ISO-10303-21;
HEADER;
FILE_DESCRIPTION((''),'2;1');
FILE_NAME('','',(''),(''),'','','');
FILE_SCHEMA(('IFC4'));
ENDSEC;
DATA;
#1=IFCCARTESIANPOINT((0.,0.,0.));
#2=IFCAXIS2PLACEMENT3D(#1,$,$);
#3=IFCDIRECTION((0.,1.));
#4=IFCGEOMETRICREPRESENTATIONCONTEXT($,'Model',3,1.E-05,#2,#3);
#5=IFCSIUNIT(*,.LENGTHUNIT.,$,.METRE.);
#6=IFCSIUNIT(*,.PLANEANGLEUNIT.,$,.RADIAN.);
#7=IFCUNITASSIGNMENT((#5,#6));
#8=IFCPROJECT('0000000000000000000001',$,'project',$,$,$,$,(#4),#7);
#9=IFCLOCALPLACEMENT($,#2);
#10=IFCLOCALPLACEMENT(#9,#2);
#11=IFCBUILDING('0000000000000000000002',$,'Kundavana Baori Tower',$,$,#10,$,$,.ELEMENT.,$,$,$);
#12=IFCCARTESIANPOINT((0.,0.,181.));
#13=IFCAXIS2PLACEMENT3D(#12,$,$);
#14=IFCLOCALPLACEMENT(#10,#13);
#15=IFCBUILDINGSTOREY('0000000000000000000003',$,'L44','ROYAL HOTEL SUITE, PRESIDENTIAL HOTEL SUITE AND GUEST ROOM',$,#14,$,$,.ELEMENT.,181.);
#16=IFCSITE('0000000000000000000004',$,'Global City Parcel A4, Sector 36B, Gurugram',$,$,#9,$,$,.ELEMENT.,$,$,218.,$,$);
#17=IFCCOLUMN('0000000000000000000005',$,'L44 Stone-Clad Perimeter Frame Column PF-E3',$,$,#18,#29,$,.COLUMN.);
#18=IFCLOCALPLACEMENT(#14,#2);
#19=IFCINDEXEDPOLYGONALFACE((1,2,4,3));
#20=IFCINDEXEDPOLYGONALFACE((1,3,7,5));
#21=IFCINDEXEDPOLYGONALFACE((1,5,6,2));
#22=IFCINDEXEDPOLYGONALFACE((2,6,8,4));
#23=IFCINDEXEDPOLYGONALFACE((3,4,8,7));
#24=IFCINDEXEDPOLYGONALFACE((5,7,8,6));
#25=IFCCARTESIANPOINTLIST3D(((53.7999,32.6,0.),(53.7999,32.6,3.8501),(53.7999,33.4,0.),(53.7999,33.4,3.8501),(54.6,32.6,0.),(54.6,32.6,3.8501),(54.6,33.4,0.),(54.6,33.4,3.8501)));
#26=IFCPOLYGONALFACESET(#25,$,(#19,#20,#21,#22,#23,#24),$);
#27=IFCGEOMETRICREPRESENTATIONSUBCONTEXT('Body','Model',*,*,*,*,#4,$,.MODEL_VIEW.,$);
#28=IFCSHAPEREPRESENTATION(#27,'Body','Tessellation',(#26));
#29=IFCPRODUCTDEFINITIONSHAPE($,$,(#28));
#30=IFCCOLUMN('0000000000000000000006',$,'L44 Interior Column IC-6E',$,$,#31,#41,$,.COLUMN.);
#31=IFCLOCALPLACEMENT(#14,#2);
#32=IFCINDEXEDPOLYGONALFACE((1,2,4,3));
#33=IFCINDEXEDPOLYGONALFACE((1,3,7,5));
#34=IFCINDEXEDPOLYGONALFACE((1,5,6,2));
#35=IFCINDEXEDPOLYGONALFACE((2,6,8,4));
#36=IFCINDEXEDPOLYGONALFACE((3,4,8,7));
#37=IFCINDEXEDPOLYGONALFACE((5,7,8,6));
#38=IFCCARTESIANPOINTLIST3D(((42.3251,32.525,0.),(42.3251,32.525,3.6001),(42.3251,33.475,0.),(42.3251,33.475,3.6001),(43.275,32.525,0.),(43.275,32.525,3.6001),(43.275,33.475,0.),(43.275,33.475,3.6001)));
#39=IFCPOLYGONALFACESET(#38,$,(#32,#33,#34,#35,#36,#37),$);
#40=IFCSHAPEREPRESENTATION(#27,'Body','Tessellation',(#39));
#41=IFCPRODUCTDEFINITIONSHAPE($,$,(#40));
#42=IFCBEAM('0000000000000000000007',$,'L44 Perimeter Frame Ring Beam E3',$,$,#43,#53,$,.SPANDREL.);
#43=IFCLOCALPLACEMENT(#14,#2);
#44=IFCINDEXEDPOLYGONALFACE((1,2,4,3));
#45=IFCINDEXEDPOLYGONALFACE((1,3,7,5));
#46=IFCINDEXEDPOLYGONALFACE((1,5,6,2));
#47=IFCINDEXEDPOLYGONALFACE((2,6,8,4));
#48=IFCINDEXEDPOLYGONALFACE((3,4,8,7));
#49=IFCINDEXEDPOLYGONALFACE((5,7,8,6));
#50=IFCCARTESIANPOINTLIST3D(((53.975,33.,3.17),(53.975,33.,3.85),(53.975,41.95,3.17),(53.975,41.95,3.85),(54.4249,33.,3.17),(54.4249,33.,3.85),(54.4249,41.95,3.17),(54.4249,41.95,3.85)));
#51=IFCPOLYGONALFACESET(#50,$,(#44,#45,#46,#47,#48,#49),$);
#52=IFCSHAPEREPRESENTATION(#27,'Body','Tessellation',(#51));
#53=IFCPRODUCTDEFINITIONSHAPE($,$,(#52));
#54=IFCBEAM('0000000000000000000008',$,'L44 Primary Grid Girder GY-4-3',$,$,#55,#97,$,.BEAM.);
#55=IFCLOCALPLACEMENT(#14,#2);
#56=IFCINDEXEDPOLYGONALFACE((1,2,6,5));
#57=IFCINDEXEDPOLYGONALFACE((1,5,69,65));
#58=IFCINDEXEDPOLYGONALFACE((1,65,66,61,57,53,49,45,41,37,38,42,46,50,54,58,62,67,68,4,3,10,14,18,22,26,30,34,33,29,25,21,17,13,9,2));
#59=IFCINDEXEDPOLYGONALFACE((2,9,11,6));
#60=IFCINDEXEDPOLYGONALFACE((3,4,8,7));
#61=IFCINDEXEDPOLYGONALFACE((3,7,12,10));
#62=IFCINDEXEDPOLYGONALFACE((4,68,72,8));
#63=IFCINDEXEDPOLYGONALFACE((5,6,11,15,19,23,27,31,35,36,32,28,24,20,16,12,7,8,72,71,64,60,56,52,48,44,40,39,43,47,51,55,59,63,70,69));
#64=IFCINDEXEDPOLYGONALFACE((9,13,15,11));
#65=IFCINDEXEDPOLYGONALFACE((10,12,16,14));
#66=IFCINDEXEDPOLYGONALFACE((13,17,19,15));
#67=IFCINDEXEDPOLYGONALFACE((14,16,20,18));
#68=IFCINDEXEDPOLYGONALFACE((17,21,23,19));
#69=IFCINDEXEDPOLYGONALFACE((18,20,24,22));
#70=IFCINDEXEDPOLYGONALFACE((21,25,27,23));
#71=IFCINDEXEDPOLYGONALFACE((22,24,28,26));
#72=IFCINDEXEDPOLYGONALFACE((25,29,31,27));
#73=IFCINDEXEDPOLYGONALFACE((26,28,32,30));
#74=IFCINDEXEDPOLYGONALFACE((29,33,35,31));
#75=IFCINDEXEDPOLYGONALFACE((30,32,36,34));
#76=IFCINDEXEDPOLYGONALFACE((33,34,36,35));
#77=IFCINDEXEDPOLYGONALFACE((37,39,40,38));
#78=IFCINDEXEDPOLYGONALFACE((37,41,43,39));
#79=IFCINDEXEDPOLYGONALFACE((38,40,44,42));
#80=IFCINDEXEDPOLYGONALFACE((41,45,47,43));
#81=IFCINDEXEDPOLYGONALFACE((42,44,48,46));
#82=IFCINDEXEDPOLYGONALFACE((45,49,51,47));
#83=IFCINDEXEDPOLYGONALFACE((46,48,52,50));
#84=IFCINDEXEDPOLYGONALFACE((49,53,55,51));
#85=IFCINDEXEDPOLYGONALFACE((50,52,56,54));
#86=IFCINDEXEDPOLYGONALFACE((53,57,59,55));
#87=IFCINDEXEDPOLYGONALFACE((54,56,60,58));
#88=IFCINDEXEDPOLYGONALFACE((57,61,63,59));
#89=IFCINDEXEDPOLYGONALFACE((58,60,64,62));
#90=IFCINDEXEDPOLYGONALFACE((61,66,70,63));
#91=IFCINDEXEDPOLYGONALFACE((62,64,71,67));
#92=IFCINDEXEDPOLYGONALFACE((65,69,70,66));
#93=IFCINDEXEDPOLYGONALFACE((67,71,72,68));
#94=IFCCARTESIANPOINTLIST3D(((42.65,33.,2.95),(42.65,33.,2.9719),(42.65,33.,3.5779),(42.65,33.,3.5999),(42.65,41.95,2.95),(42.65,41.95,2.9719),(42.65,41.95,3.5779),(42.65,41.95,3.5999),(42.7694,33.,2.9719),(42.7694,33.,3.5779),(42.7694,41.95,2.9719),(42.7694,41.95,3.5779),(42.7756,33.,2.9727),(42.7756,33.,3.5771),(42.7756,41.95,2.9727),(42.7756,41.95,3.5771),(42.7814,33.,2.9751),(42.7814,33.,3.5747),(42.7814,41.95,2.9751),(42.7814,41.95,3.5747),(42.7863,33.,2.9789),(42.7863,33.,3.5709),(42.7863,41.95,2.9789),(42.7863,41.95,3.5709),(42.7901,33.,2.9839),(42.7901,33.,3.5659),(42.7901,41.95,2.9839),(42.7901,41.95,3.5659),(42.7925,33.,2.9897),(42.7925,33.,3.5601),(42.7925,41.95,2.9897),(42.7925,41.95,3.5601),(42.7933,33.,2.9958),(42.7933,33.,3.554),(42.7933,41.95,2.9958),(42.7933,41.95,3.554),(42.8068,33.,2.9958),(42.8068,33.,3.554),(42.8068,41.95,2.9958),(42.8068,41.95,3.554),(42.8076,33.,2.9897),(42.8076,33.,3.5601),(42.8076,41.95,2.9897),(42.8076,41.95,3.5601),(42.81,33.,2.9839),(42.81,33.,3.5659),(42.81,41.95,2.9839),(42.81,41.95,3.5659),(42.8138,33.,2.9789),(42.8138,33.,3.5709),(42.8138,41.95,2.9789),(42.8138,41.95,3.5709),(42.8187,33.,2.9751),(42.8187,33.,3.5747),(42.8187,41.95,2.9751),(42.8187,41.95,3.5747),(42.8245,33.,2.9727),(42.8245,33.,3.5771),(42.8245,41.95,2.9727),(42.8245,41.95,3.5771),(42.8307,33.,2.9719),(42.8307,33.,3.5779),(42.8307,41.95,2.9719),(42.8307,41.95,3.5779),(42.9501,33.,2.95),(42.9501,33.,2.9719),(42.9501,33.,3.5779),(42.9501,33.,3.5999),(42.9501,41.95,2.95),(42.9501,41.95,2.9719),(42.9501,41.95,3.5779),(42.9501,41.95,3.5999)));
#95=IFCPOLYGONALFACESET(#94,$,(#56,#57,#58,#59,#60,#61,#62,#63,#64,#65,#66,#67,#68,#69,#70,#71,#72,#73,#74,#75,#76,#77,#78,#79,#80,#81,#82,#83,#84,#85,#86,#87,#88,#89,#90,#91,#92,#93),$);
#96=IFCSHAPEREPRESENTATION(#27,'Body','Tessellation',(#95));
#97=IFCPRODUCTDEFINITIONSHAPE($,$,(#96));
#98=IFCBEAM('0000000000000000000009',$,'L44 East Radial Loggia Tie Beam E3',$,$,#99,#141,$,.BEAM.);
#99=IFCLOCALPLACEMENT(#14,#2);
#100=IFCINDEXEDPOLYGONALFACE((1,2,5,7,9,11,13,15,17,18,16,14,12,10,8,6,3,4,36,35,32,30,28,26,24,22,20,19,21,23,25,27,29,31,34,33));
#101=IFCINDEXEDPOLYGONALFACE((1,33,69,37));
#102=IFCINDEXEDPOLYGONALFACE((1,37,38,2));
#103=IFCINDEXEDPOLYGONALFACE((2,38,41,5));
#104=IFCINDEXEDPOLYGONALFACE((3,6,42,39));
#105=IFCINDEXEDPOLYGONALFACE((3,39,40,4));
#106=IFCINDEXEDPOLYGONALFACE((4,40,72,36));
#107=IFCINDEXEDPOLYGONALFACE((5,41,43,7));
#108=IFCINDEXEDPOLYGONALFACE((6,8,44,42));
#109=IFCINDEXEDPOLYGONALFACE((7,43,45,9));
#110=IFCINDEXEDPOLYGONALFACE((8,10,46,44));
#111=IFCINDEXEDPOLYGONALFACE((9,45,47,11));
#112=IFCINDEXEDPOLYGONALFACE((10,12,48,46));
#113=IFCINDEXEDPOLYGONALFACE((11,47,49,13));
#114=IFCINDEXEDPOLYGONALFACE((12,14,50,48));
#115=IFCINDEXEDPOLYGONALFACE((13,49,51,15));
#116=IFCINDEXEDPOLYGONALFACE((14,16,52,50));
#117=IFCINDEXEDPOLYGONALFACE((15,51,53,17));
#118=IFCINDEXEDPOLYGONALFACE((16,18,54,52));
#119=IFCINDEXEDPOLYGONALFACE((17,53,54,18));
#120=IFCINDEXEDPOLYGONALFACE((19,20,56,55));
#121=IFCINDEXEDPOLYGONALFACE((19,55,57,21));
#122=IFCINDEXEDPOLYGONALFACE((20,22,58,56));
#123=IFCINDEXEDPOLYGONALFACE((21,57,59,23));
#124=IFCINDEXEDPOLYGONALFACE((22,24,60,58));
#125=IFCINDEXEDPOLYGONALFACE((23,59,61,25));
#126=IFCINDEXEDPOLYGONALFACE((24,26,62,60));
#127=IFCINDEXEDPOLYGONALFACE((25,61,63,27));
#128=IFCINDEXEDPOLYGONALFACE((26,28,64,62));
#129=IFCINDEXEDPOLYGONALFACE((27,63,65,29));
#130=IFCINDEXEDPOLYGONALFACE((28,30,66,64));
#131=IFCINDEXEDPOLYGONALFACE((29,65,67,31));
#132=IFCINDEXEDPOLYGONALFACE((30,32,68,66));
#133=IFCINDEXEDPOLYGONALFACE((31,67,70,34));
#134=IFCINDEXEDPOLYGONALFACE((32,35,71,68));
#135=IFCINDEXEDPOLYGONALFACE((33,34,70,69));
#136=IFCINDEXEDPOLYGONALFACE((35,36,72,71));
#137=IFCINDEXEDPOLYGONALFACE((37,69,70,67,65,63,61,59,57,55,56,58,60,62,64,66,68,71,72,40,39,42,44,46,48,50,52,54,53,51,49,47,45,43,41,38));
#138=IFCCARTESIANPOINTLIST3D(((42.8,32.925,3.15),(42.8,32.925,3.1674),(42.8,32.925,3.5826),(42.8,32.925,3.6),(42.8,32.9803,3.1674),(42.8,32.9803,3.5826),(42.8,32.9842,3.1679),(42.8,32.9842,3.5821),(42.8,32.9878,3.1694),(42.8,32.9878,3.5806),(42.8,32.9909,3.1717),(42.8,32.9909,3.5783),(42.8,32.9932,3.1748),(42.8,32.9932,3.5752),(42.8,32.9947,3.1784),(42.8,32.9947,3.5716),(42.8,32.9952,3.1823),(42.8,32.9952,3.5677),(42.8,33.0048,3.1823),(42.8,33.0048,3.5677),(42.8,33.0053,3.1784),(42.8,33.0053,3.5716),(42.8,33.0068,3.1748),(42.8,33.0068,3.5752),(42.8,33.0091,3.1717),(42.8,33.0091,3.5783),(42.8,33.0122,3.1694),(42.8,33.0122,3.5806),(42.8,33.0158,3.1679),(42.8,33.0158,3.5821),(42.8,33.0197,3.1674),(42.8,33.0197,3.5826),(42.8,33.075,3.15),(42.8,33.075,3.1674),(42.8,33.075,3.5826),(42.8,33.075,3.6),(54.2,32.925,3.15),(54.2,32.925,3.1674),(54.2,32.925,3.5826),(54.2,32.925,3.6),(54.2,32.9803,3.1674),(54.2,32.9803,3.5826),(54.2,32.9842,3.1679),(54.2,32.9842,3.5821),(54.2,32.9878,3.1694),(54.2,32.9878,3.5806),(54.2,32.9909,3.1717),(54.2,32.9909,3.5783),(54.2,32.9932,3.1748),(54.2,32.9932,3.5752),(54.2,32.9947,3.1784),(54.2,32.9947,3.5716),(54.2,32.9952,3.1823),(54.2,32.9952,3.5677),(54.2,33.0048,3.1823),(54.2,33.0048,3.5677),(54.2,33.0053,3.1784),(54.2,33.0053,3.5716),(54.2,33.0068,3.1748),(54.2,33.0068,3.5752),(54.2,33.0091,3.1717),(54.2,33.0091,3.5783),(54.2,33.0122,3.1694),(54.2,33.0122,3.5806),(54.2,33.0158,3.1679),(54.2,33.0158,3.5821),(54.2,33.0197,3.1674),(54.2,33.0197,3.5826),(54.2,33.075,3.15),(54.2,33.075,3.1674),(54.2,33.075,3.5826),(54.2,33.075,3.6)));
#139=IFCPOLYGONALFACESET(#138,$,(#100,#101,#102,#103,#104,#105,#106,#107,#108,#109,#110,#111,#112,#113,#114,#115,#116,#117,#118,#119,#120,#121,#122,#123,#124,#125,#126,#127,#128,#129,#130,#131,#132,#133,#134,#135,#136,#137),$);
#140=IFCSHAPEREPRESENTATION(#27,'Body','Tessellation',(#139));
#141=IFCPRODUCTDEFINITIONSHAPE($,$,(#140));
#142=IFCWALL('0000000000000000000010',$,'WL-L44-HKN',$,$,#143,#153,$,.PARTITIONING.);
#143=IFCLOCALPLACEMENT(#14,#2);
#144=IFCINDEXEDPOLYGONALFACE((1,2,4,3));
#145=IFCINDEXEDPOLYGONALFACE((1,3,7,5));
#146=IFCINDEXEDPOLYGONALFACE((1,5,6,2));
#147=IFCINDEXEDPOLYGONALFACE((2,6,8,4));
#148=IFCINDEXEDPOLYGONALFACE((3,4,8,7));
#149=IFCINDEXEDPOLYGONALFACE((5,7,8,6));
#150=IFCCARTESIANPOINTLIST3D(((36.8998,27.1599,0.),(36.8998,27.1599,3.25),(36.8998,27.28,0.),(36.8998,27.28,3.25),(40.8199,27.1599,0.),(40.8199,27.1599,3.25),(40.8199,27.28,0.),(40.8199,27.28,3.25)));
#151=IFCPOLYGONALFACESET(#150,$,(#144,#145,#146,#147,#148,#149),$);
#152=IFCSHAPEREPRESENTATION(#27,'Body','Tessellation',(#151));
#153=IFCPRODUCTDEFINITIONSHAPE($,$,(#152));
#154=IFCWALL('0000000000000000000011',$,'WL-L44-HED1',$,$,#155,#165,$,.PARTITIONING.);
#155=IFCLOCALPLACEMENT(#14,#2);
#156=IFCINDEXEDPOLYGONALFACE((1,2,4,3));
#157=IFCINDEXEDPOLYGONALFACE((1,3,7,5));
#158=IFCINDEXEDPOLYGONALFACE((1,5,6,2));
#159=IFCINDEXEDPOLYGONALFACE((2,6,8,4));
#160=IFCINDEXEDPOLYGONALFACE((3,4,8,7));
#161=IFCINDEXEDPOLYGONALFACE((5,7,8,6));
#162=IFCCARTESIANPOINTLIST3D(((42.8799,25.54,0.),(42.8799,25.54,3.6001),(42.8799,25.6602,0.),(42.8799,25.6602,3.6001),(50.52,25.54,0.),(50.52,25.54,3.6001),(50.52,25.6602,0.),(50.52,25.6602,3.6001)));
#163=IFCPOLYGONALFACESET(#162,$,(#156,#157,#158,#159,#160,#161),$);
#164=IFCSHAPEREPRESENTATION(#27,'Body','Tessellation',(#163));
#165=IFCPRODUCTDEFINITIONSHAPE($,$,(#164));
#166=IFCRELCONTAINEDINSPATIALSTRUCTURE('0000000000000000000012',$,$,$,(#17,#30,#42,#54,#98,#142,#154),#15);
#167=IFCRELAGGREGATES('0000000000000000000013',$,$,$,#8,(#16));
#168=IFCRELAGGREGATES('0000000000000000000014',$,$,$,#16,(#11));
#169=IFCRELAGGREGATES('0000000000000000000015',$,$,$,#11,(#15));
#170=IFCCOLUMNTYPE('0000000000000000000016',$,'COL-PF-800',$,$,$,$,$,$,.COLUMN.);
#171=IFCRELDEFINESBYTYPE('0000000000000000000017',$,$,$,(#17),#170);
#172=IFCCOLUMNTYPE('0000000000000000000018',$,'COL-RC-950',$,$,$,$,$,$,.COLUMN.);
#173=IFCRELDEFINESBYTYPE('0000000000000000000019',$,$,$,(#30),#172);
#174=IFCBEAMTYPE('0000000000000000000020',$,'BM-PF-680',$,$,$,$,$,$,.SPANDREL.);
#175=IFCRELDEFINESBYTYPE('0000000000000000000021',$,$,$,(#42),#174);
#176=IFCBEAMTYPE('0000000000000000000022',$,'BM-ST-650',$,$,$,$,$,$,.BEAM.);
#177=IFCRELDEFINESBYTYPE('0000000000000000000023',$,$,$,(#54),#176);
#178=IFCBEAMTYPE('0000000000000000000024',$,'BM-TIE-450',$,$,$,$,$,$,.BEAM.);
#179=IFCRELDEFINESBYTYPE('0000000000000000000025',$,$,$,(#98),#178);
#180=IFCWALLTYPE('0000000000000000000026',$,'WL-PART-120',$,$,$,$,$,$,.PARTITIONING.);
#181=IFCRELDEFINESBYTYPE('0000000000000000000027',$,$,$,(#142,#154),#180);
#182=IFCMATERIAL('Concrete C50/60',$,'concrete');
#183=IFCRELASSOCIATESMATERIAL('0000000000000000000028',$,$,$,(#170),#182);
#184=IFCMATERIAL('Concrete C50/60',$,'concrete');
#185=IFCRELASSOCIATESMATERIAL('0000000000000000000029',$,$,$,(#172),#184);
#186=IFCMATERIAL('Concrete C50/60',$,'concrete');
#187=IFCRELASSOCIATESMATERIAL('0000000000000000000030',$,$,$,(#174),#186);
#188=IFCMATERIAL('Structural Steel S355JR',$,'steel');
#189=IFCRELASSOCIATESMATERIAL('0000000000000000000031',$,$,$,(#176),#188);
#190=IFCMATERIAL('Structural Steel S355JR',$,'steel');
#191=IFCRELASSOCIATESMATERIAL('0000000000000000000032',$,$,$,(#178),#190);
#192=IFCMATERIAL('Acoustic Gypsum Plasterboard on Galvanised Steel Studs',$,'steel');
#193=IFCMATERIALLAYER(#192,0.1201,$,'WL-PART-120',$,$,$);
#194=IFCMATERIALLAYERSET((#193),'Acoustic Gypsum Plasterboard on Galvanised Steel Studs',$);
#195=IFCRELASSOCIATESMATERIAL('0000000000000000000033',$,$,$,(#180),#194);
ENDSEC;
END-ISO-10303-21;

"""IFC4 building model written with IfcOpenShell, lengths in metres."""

from ifc_helpers import new_model, si_unit, direction, frame, frame_2d, origin, origin_2d, place, context, subcontext, project, spatial, rectangle, i_section, extrude, material, layer, layer_set, material_profile, profile_set, type_object, element, save


model = new_model("IFC4")

# Units and contexts
model_context = context("Model", 3, precision=1e-05, world=origin(), true_north=direction((0.0, 1.0)))
body_context = subcontext(model_context, "Body", "Model", "MODEL_VIEW")
ifc_project = project(units=[si_unit("LENGTHUNIT", "METRE"), si_unit("PLANEANGLEUNIT", "RADIAN")], contexts=[model_context])

# Site, building, storey
site_placement = place(None, origin())
site = spatial("IfcSite", under=ifc_project, at=site_placement, Name="Global City Parcel A4, Sector 36B, Gurugram", CompositionType="ELEMENT", RefElevation=218.0)
building_placement = place(site_placement, origin())
building = spatial("IfcBuilding", under=site, at=building_placement, Name="Kundavana Baori Tower", CompositionType="ELEMENT")
storey_placement = place(building_placement, frame((0.0, 0.0, 181.0)))
storey = spatial("IfcBuildingStorey", under=building, at=storey_placement, Name="L44", Description="ROYAL HOTEL SUITE, PRESIDENTIAL HOTEL SUITE AND GUEST ROOM", CompositionType="ELEMENT", Elevation=181.0)

# Columns
ifc_material_1 = material(Name="Concrete C50/60", Category="concrete")
ifc_material_profile_1 = material_profile(ifc_material_1, rectangle(XDim=0.8, YDim=0.8, at=origin_2d()), Name="RC PF 800x800")
ifc_profile_set_1 = profile_set([ifc_material_profile_1], Name="Concrete C50/60")
column_type_1 = type_object("IfcColumnType", Name="COL-PF-800", PredefinedType="COLUMN", material=ifc_profile_set_1)
column_1_placement = place(storey_placement, frame((54.2, 33.0, 0.0), z_axis=(0.0, 0.0, 1.0), x_axis=(1.0, 0.0, 0.0)))
element("IfcColumn", 1, at=column_1_placement, inside=storey, type_object=column_type_1, Name="L44 Stone-Clad Perimeter Frame Column PF-E3", PredefinedType="COLUMN", context=body_context, shape_type="SweptSolid", body=[
    extrude(rectangle(XDim=0.8, YDim=0.8, at=origin_2d()), origin(), (0.0, 0.0, 1.0), 3.8501),
])
ifc_material_2 = material(Name="Concrete C50/60", Category="concrete")
ifc_material_profile_2 = material_profile(ifc_material_2, rectangle(XDim=0.95, YDim=0.95, at=origin_2d()), Name="RC 950x950")
ifc_profile_set_2 = profile_set([ifc_material_profile_2], Name="Concrete C50/60")
column_type_2 = type_object("IfcColumnType", Name="COL-RC-950", PredefinedType="COLUMN", material=ifc_profile_set_2)
column_2_placement = place(storey_placement, frame((42.8, 33.0, 0.0), z_axis=(0.0, 0.0, 1.0), x_axis=(1.0, 0.0, 0.0)))
element("IfcColumn", 2, at=column_2_placement, inside=storey, type_object=column_type_2, Name="L44 Interior Column IC-6E", PredefinedType="COLUMN", context=body_context, shape_type="SweptSolid", body=[
    extrude(rectangle(XDim=0.95, YDim=0.95, at=origin_2d()), origin(), (0.0, 0.0, 1.0), 3.6001),
])

# Beams
ifc_material_3 = material(Name="Concrete C50/60", Category="concrete")
ifc_material_profile_3 = material_profile(ifc_material_3, rectangle(XDim=0.45, YDim=0.6799, at=origin_2d()), Name="RC BM 450x680")
ifc_profile_set_3 = profile_set([ifc_material_profile_3], Name="Concrete C50/60")
beam_type_1 = type_object("IfcBeamType", Name="BM-PF-680", PredefinedType="SPANDREL", material=ifc_profile_set_3)
beam_1_placement = place(storey_placement, frame((54.2, 33.0, 3.51), z_axis=(0.0, 1.0, 0.0), x_axis=(-1.0, 0.0, 0.0)))
element("IfcBeam", 3, at=beam_1_placement, inside=storey, type_object=beam_type_1, Name="L44 Perimeter Frame Ring Beam E3", PredefinedType="SPANDREL", context=body_context, shape_type="SweptSolid", body=[
    extrude(rectangle(XDim=0.45, YDim=0.6799, at=origin_2d()), origin(), (0.0, 0.0, 1.0), 8.95),
])
ifc_material_4 = material(Name="Structural Steel S355JR", Category="steel")
ifc_material_profile_4 = material_profile(ifc_material_4, i_section(OverallWidth=0.3, OverallDepth=0.6499, WebThickness=0.0134, FlangeThickness=0.022, FilletRadius=0.0239, at=origin_2d()), Name="NPB 650x300x155")
ifc_profile_set_4 = profile_set([ifc_material_profile_4], Name="Structural Steel S355JR")
beam_type_2 = type_object("IfcBeamType", Name="BM-ST-650", PredefinedType="BEAM", material=ifc_profile_set_4)
beam_2_placement = place(storey_placement, frame((42.8, 33.0, 3.2749), z_axis=(0.0, 1.0, 0.0), x_axis=(-1.0, 0.0, 0.0)))
element("IfcBeam", 4, at=beam_2_placement, inside=storey, type_object=beam_type_2, Name="L44 Primary Grid Girder GY-4-3", PredefinedType="BEAM", context=body_context, shape_type="SweptSolid", body=[
    extrude(i_section(OverallWidth=0.3, OverallDepth=0.6499, WebThickness=0.0134, FlangeThickness=0.022, FilletRadius=0.0239, at=origin_2d()), origin(), (0.0, 0.0, 1.0), 8.95),
])
ifc_material_5 = material(Name="Structural Steel S355JR", Category="steel")
ifc_material_profile_5 = material_profile(ifc_material_5, i_section(OverallWidth=0.1499, OverallDepth=0.45, WebThickness=0.0095, FlangeThickness=0.0173, FilletRadius=0.0149, at=origin_2d()), Name="ISMB 450")
ifc_profile_set_5 = profile_set([ifc_material_profile_5], Name="Structural Steel S355JR")
beam_type_3 = type_object("IfcBeamType", Name="BM-TIE-450", PredefinedType="BEAM", material=ifc_profile_set_5)
beam_3_placement = place(storey_placement, frame((42.8, 33.0, 3.375), z_axis=(1.0, 0.0, 0.0), x_axis=(0.0, 1.0, 0.0)))
element("IfcBeam", 5, at=beam_3_placement, inside=storey, type_object=beam_type_3, Name="L44 East Radial Loggia Tie Beam E3", PredefinedType="BEAM", context=body_context, shape_type="SweptSolid", body=[
    extrude(i_section(OverallWidth=0.1499, OverallDepth=0.45, WebThickness=0.0095, FlangeThickness=0.0173, FilletRadius=0.0149, at=origin_2d()), origin(), (0.0, 0.0, 1.0), 11.3999),
])

# Walls
ifc_material_6 = material(Name="Acoustic Gypsum Plasterboard on Galvanised Steel Studs", Category="steel")
ifc_layer_1 = layer(ifc_material_6, 0.1201, Name="WL-PART-120")
ifc_layer_set_1 = layer_set([ifc_layer_1], Name="Acoustic Gypsum Plasterboard on Galvanised Steel Studs")
wall_type_1 = type_object("IfcWallType", Name="WL-PART-120", PredefinedType="PARTITIONING", material=ifc_layer_set_1)
wall_1_placement = place(storey_placement, frame((36.8999, 27.22, 0.0), z_axis=(0.0, 0.0, 1.0), x_axis=(1.0, 0.0, 0.0)))
element("IfcWall", 6, at=wall_1_placement, inside=storey, type_object=wall_type_1, Name="WL-L44-HKN", PredefinedType="PARTITIONING", context=body_context, shape_type="SweptSolid", body=[
    extrude(rectangle(XDim=3.9202, YDim=0.1201, at=frame_2d((1.96, 0.0))), origin(), (0.0, 0.0, 1.0), 3.25),
])
wall_2_placement = place(storey_placement, frame((42.8799, 25.6001, 0.0), z_axis=(0.0, 0.0, 1.0), x_axis=(1.0, 0.0, 0.0)))
element("IfcWall", 7, at=wall_2_placement, inside=storey, type_object=wall_type_1, Name="WL-L44-HED1", PredefinedType="PARTITIONING", context=body_context, shape_type="SweptSolid", body=[
    extrude(rectangle(XDim=7.6401, YDim=0.1201, at=frame_2d((3.8201, 0.0))), origin(), (0.0, 0.0, 1.0), 3.6001),
])

save(model, "model.ifc")
